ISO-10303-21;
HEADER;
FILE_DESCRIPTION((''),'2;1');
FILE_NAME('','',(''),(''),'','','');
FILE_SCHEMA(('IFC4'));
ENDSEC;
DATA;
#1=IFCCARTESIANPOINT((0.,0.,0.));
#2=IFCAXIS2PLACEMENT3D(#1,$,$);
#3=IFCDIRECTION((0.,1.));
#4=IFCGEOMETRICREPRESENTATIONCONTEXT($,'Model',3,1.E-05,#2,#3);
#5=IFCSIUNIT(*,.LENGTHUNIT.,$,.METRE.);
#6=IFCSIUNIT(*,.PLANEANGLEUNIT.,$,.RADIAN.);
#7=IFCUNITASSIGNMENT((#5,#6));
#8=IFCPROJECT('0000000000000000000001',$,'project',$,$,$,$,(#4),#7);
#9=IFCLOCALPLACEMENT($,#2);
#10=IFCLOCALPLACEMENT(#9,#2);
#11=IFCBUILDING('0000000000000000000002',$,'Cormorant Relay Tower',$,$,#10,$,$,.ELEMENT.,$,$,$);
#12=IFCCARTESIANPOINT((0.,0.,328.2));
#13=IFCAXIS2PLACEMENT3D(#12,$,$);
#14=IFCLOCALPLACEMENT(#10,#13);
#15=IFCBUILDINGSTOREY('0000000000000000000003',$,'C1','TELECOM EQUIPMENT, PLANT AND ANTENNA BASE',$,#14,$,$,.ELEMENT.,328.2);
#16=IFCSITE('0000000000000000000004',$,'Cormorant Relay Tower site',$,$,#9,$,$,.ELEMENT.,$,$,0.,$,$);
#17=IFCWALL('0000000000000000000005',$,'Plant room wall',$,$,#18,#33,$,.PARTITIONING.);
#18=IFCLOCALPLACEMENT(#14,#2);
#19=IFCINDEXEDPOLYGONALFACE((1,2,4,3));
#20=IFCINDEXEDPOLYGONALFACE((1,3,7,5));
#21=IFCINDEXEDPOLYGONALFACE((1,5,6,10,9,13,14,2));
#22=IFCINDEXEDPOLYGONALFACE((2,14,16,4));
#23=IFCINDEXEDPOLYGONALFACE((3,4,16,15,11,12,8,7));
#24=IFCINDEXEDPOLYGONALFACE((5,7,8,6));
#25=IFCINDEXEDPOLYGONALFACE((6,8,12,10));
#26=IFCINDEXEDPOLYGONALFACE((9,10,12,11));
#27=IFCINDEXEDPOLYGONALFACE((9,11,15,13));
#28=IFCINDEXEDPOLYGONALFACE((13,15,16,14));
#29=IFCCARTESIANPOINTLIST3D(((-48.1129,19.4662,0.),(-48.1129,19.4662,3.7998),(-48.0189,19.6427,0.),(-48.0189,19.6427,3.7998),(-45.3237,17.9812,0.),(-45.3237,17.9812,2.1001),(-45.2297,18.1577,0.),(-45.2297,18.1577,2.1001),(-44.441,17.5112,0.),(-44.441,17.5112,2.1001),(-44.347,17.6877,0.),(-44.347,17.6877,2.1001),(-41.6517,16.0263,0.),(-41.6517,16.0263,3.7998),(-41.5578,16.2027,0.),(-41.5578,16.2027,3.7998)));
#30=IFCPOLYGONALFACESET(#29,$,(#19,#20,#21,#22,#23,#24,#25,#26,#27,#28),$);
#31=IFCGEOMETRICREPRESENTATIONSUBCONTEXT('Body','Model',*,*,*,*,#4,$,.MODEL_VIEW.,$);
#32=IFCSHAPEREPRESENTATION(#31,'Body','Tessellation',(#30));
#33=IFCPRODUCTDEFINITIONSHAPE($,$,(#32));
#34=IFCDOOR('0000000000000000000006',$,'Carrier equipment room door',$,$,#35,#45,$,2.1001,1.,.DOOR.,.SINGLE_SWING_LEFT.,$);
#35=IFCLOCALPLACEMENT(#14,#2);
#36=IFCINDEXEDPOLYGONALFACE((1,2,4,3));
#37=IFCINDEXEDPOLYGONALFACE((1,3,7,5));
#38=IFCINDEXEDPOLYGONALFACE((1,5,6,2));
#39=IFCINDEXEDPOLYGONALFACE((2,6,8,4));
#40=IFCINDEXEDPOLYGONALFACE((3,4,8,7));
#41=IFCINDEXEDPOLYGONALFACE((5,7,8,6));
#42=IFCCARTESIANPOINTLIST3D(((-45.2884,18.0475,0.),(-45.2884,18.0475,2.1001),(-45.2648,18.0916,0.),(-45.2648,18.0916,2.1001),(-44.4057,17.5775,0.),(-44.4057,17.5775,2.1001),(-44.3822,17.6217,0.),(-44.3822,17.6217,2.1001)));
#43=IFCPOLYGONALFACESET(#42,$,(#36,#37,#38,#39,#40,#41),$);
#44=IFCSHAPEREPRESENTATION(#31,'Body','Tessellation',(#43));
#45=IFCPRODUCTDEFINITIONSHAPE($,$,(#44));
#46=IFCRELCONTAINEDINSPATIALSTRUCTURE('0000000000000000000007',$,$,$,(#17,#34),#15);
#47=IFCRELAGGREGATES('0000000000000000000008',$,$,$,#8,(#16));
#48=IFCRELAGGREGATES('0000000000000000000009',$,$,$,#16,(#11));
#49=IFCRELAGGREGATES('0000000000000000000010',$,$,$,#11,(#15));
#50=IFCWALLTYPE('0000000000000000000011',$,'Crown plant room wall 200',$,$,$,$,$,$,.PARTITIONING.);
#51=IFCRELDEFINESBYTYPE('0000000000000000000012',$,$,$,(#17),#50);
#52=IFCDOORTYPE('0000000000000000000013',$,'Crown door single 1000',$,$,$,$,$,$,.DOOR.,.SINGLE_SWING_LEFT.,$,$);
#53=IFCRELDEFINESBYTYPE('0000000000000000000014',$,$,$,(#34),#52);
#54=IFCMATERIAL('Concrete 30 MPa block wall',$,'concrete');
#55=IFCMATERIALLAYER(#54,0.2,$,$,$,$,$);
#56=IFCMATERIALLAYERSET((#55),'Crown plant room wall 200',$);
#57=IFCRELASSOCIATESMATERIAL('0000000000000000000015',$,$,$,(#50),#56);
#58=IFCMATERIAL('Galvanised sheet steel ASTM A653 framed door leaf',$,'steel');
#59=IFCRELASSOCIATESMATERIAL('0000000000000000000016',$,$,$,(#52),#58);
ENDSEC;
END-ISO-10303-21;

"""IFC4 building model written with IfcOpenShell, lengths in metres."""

from ifc_helpers import new_model, si_unit, direction, frame, frame_2d, origin, place, context, subcontext, project, spatial, rectangle, extrude, material, layer, layer_set, type_object, element, fill, save


model = new_model("IFC4")

# Units and contexts
model_context = context("Model", 3, precision=1e-05, world=origin(), true_north=direction((0.0, 1.0)))
body_context = subcontext(model_context, "Body", "Model", "MODEL_VIEW")
ifc_project = project(units=[si_unit("LENGTHUNIT", "METRE"), si_unit("PLANEANGLEUNIT", "RADIAN")], contexts=[model_context])

# Site, building, storey
site_placement = place(None, origin())
site = spatial("IfcSite", under=ifc_project, at=site_placement, Name="Cormorant Relay Tower site", CompositionType="ELEMENT", RefElevation=0.0)
building_placement = place(site_placement, origin())
building = spatial("IfcBuilding", under=site, at=building_placement, Name="Cormorant Relay Tower", CompositionType="ELEMENT")
storey_placement = place(building_placement, frame((0.0, 0.0, 328.2)))
storey = spatial("IfcBuildingStorey", under=building, at=storey_placement, Name="C1", Description="TELECOM EQUIPMENT, PLANT AND ANTENNA BASE", CompositionType="ELEMENT", Elevation=328.2)

# Shared definitions
ifc_material_1 = material(Name="Concrete 30 MPa block wall", Category="concrete")
ifc_layer_1 = layer(ifc_material_1, 0.2)
ifc_layer_set_1 = layer_set([ifc_layer_1], Name="Crown plant room wall 200")
wall_type_1 = type_object("IfcWallType", Name="Crown plant room wall 200", PredefinedType="PARTITIONING", material=ifc_layer_set_1)

# Shared definitions
ifc_material_2 = material(Name="Galvanised sheet steel ASTM A653 framed door leaf", Category="steel")
door_type_1 = type_object("IfcDoorType", Name="Crown door single 1000", OperationType="SINGLE_SWING_LEFT", PredefinedType="DOOR", material=ifc_material_2)

# Wall, opening, door
wall_1_placement = place(storey_placement, frame((-41.6047, 16.1145, 0.0), z_axis=(0.0, 0.0, 1.0), x_axis=(-0.882694, 0.469948, 0.0)))
wall_1 = element("IfcWall", 1, at=wall_1_placement, inside=storey, type_object=wall_type_1, Name="Plant room wall", PredefinedType="PARTITIONING", context=body_context, shape_type="SweptSolid", body=[
    extrude(rectangle(XDim=7.3198, YDim=0.2, at=frame_2d((3.6599, 0.0))), origin(), (0.0, 0.0, 1.0), 3.7998),
])
opening_1_placement = place(wall_1_placement, frame((3.1599, 0.0, 0.0)))
opening_1 = element("IfcOpeningElement", 2, at=opening_1_placement, cuts=wall_1, PredefinedType="OPENING", context=body_context, shape_type="SweptSolid", body=[
    extrude(rectangle(XDim=1.0, YDim=2.1001, at=frame_2d((0.5, 1.05))), frame((0.0, 0.1099, 0.0), z_axis=(0.0, -1.0, 0.0), x_axis=(1.0, 0.0, 0.0)), (0.0, 0.0, 1.0), 0.22),
])
door_1_placement = place(opening_1_placement, origin())
door_1 = element("IfcDoor", 3, at=door_1_placement, inside=storey, type_object=door_type_1, Name="Carrier equipment room door", OperationType="SINGLE_SWING_LEFT", OverallHeight=2.1001, OverallWidth=1.0, PredefinedType="DOOR", context=body_context, shape_type="SweptSolid", body=[
    extrude(rectangle(XDim=1.0, YDim=2.1001, at=frame_2d((0.5, 1.05))), frame((0.0, 0.0249, 0.0), z_axis=(0.0, -1.0, 0.0), x_axis=(1.0, 0.0, 0.0)), (0.0, 0.0, 1.0), 0.05),
])
fill(opening_1, door_1)

save(model, "model.ifc")
